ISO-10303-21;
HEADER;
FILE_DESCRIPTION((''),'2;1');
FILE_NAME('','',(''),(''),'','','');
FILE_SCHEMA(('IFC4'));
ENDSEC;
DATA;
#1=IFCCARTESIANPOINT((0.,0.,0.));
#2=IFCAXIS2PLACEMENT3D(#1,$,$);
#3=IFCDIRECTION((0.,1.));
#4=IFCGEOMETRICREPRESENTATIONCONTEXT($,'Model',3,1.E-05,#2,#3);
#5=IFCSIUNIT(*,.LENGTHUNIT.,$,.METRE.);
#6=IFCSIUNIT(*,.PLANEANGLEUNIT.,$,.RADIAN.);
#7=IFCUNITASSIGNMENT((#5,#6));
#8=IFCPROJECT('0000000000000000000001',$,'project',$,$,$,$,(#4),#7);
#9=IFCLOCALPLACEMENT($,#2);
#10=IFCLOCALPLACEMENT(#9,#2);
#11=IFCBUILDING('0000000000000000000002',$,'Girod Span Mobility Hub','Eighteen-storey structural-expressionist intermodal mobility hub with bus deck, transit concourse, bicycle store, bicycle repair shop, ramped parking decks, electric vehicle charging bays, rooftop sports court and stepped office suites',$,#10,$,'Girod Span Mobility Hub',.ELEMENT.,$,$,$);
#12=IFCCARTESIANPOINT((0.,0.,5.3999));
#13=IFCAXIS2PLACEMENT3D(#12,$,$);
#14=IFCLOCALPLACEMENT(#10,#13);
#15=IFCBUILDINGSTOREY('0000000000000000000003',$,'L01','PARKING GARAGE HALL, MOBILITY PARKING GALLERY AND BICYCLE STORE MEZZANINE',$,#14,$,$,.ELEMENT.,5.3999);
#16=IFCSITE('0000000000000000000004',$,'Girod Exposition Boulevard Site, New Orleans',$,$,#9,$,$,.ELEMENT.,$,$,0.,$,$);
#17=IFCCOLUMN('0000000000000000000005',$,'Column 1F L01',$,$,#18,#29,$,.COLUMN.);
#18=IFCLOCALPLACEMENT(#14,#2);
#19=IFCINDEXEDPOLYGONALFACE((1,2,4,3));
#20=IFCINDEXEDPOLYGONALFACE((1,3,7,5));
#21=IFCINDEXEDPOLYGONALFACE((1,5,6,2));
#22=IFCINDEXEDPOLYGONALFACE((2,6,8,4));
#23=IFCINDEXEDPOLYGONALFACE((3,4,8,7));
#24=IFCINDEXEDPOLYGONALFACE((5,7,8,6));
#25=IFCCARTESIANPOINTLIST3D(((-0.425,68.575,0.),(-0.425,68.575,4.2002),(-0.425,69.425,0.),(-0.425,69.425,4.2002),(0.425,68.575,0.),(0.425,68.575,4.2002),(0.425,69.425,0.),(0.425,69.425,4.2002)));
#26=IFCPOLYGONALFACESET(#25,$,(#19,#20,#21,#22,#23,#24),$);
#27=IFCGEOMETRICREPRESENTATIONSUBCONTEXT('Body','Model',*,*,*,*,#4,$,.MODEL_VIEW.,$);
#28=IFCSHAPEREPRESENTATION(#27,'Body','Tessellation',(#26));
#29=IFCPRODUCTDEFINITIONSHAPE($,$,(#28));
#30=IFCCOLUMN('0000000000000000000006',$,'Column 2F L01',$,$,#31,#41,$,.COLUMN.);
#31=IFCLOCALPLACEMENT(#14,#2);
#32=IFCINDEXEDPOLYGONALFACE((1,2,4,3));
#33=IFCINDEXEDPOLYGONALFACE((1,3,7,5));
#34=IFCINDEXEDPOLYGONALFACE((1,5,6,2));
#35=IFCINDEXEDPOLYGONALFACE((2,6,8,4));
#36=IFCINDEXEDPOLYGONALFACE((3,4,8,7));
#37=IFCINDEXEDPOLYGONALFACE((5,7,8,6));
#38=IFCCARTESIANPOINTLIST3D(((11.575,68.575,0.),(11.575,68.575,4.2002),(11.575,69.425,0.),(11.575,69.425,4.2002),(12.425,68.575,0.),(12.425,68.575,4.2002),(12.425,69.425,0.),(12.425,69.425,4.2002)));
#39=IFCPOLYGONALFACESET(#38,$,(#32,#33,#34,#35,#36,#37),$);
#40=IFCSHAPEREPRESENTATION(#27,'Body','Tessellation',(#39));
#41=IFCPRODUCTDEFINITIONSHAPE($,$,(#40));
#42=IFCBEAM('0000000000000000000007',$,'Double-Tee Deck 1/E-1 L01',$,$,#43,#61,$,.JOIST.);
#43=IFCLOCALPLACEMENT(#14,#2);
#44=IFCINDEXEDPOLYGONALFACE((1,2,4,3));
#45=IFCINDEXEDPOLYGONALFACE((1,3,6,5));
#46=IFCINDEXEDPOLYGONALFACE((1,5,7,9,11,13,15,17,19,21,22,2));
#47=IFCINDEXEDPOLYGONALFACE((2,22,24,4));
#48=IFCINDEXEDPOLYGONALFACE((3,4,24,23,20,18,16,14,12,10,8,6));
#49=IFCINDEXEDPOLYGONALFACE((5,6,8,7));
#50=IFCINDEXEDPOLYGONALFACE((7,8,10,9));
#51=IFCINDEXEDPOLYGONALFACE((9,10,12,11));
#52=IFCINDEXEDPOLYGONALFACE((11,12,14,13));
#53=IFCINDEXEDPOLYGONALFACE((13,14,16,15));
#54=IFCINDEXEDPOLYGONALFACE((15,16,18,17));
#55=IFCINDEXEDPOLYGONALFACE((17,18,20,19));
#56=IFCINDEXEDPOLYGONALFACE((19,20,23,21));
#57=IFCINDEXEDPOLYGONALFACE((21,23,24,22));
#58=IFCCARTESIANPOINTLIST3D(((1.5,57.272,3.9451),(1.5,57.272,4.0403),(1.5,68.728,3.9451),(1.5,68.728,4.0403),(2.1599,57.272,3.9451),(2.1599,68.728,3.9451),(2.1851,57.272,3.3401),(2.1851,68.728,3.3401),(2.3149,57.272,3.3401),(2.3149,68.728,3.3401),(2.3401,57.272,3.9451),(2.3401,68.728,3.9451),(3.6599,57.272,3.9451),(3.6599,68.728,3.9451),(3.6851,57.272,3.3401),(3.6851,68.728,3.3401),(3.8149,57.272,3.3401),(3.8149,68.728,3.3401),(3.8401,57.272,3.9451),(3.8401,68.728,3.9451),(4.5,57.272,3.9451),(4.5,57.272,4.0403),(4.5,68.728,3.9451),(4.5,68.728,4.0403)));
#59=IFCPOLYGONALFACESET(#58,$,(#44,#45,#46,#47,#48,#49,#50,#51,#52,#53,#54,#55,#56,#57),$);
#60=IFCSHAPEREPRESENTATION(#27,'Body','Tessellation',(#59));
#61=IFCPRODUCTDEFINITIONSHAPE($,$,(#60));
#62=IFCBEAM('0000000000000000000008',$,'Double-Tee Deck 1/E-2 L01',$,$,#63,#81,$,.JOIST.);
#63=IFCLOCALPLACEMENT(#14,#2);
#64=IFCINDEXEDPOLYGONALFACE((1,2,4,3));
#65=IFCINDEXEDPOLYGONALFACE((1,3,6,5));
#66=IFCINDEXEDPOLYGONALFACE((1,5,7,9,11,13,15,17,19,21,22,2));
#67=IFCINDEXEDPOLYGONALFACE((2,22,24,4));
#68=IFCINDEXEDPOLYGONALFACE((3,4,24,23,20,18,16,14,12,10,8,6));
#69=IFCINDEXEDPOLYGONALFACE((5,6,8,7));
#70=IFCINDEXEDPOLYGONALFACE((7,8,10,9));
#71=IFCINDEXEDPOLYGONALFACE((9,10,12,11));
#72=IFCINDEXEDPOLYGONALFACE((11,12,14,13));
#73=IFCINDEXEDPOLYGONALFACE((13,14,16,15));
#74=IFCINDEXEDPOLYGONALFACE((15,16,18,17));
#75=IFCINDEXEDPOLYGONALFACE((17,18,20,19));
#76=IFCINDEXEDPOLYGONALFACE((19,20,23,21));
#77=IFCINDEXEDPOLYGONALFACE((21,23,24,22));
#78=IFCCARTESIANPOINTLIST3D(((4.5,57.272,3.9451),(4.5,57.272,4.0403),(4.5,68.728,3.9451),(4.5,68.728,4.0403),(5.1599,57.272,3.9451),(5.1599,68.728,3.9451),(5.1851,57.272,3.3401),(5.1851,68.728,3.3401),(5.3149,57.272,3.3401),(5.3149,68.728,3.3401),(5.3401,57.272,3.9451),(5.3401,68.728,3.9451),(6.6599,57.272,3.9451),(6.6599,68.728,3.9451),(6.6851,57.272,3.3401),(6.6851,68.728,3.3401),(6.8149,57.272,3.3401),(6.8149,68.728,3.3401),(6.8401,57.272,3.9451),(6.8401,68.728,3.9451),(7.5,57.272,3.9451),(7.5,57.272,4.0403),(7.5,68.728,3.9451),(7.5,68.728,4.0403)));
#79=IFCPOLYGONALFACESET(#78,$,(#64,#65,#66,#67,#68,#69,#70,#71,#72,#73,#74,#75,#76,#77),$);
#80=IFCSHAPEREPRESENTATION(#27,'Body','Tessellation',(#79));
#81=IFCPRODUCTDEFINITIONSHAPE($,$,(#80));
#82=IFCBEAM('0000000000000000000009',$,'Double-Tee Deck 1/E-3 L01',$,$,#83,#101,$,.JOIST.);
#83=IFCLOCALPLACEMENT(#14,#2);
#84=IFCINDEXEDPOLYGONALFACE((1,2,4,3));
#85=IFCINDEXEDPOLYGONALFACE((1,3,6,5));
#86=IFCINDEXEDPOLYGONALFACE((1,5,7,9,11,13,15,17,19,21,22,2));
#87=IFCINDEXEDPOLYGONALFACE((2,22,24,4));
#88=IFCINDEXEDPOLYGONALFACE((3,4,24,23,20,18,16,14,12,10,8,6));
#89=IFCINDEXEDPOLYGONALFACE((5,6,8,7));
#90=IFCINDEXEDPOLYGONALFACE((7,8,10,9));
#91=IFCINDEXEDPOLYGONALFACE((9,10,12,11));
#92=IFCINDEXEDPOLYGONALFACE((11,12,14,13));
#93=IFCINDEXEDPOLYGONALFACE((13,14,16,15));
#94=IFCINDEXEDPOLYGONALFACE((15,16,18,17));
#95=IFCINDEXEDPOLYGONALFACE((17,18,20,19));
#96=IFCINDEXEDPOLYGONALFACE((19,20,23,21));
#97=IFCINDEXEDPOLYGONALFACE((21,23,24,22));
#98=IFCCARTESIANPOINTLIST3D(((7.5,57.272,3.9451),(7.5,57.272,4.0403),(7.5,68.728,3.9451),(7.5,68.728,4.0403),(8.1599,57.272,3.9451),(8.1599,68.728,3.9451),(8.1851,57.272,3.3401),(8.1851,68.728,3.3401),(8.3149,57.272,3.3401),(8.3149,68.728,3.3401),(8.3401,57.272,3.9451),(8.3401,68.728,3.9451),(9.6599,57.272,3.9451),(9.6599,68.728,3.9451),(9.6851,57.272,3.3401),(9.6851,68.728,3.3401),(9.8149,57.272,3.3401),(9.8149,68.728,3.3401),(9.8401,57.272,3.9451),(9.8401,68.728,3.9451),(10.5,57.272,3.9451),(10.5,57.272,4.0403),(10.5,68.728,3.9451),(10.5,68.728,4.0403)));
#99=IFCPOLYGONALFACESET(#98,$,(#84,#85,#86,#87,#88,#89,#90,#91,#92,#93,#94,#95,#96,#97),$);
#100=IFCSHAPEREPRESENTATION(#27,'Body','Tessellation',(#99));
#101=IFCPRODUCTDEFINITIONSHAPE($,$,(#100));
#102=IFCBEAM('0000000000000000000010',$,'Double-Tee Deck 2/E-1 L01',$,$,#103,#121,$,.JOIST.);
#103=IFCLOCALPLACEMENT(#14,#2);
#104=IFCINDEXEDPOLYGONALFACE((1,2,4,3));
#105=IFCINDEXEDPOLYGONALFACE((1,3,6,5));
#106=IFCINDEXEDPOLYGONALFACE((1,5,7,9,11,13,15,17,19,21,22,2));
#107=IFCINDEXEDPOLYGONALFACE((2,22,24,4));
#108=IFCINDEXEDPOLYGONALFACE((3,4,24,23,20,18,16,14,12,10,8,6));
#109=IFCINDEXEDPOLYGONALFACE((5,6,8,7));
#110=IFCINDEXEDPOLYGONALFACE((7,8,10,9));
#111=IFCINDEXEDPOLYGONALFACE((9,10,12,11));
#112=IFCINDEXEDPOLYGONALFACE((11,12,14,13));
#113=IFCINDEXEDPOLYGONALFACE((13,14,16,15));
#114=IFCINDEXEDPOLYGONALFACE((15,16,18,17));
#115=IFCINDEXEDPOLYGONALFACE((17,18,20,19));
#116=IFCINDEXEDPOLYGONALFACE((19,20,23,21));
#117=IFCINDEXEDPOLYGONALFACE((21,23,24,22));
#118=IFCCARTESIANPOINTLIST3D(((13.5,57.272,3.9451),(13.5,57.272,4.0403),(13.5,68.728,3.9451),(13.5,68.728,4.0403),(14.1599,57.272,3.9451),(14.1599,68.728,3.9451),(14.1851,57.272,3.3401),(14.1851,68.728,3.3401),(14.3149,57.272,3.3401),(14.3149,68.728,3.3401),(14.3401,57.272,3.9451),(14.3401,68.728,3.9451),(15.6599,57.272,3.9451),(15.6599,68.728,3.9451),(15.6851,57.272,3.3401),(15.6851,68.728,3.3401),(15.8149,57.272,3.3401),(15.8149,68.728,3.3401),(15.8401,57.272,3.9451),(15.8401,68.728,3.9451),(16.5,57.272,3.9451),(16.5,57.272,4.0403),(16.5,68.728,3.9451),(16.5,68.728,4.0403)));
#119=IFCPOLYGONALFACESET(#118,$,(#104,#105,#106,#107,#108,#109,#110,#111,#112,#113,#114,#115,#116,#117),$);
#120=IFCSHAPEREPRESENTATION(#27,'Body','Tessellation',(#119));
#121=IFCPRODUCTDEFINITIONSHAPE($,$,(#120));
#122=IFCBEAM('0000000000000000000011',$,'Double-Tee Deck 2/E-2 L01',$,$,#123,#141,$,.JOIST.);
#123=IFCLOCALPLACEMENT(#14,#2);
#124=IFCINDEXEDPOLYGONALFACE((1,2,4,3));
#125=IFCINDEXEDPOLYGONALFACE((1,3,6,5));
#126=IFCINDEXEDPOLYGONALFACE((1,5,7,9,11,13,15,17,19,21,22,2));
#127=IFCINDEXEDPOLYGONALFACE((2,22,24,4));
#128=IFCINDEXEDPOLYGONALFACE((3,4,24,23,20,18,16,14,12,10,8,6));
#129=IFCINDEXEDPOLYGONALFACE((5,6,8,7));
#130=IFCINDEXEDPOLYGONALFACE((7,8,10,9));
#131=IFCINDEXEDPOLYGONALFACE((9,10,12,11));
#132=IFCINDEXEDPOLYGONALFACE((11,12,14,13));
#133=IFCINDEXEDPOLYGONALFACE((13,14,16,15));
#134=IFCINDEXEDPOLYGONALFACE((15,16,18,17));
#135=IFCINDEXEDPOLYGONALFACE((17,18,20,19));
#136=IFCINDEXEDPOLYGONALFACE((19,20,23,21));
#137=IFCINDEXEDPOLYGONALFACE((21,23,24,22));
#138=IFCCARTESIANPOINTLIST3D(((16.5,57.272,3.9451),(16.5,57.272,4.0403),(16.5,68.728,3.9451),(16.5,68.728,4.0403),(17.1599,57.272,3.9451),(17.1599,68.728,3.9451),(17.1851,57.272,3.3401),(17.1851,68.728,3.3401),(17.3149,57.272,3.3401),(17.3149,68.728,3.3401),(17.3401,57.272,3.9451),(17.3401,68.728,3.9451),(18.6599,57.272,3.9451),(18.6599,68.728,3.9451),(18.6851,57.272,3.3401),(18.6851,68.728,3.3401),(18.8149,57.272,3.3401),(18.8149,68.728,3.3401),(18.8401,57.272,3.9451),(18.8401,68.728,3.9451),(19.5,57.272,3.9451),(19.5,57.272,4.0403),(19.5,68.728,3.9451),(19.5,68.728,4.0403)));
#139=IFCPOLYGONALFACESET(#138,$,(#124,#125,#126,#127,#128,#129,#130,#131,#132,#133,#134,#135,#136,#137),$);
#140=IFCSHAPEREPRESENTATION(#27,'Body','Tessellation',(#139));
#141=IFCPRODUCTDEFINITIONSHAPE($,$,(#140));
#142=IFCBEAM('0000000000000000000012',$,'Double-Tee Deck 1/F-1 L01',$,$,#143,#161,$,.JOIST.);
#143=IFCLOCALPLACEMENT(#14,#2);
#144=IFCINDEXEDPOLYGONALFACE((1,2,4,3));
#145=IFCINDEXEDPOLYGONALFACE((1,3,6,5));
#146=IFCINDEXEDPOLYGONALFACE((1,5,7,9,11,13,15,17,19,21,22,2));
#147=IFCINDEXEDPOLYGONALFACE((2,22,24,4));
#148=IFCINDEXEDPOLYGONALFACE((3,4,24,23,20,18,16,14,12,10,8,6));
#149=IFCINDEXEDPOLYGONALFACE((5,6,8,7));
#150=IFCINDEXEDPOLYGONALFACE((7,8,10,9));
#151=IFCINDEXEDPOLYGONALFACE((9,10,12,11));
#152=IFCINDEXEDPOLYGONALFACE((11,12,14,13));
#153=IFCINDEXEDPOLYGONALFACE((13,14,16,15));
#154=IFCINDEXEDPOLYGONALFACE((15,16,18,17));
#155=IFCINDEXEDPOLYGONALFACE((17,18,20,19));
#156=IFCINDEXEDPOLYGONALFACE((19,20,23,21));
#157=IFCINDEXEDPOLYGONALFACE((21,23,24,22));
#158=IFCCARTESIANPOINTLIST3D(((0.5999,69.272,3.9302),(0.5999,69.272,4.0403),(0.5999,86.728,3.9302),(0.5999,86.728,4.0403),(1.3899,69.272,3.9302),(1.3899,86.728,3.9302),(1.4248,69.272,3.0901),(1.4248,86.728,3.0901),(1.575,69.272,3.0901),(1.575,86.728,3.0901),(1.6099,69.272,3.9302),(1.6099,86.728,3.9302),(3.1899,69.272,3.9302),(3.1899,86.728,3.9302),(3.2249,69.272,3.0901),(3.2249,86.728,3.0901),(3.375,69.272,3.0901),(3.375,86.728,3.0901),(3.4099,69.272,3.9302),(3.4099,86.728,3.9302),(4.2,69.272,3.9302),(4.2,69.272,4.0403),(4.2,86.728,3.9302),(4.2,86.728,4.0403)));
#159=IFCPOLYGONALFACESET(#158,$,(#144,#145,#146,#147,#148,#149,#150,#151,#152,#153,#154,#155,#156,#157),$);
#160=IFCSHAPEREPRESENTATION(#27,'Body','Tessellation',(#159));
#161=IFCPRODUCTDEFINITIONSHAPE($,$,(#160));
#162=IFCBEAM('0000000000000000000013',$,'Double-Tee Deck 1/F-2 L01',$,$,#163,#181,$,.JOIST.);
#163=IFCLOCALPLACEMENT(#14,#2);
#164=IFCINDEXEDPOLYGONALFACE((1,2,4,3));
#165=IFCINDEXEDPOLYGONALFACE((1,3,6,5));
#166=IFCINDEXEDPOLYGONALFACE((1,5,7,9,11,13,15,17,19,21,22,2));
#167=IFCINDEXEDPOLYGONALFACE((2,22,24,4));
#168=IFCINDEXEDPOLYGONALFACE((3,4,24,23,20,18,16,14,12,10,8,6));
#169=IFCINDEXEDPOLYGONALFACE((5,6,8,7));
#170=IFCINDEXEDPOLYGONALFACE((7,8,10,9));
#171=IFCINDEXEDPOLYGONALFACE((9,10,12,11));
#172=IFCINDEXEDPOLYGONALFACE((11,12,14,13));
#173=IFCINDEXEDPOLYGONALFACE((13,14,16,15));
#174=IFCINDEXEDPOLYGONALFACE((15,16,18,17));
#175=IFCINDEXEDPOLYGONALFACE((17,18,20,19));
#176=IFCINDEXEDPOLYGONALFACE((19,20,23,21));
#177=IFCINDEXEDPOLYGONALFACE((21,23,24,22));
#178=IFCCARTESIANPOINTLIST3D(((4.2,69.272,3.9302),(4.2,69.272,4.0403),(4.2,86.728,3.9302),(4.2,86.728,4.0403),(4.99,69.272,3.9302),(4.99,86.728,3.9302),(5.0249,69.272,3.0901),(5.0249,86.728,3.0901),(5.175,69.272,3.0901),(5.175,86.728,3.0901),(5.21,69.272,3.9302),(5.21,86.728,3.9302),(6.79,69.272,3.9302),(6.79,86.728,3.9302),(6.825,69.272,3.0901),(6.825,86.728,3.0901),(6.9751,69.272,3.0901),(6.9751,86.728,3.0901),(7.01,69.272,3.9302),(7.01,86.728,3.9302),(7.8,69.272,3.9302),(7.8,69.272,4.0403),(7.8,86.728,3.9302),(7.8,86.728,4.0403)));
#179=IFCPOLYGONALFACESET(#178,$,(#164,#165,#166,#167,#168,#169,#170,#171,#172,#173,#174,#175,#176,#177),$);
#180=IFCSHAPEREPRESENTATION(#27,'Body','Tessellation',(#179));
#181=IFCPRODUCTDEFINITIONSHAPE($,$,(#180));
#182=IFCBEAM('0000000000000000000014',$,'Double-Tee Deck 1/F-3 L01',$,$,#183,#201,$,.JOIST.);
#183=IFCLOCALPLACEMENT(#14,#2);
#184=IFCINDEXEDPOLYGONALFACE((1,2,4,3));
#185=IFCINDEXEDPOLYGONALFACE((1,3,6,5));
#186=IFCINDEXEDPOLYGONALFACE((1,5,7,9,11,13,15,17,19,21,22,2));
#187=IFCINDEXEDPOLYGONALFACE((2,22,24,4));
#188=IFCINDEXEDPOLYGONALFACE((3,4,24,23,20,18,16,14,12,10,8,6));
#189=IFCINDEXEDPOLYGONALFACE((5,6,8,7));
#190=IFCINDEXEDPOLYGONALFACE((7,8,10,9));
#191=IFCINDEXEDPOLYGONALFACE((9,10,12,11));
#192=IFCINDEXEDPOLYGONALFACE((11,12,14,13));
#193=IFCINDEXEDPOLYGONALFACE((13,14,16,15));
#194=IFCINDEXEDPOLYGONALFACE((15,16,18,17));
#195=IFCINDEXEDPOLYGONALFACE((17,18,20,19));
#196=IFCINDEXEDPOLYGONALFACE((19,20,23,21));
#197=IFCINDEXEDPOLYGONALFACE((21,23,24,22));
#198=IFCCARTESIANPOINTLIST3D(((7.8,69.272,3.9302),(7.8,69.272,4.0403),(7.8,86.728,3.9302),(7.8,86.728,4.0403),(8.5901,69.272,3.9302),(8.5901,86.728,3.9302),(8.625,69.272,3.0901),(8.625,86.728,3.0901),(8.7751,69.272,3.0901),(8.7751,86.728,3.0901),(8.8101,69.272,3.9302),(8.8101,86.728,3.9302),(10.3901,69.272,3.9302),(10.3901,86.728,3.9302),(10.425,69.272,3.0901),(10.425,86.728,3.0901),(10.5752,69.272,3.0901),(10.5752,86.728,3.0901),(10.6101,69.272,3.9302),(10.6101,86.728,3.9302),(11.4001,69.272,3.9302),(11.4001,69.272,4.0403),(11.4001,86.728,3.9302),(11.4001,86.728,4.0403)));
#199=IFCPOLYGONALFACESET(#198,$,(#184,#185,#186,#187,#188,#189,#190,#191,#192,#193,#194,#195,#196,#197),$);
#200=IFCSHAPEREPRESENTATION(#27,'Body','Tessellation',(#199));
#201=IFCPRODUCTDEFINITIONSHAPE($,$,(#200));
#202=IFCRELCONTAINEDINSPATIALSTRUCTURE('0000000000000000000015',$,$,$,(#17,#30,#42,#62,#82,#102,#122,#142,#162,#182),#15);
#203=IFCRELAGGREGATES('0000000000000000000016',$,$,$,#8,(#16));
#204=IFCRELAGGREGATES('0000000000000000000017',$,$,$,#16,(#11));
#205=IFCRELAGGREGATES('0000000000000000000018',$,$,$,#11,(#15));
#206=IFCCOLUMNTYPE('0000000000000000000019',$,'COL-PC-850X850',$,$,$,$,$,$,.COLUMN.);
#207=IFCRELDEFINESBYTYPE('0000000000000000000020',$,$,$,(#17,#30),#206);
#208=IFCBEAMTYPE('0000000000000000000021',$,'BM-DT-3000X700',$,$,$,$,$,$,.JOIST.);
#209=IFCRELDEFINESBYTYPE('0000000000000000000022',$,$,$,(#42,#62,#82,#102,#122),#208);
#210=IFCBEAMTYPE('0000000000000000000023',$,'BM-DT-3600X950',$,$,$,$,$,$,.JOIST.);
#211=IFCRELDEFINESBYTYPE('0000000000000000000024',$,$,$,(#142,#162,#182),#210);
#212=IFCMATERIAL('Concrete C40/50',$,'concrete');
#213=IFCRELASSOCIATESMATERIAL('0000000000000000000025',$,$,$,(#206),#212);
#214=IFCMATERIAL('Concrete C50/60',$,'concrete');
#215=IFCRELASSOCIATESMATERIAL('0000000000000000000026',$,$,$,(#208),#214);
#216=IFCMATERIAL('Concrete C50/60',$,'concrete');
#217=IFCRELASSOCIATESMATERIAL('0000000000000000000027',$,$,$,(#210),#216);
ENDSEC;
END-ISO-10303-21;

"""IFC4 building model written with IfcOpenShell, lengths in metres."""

from ifc_helpers import new_model, si_unit, direction, frame, origin, origin_2d, place, context, subcontext, project, spatial, polyline, rectangle, outline, extrude, material, material_profile, profile_set, type_object, element, save


model = new_model("IFC4")

# Units and contexts
model_context = context("Model", 3, precision=1e-05, world=origin(), true_north=direction((0.0, 1.0)))
body_context = subcontext(model_context, "Body", "Model", "MODEL_VIEW")
ifc_project = project(units=[si_unit("LENGTHUNIT", "METRE"), si_unit("PLANEANGLEUNIT", "RADIAN")], contexts=[model_context])

# Site, building, storey
site_placement = place(None, origin())
site = spatial("IfcSite", under=ifc_project, at=site_placement, Name="Girod Exposition Boulevard Site, New Orleans", CompositionType="ELEMENT", RefElevation=0.0)
building_placement = place(site_placement, origin())
building = spatial("IfcBuilding", under=site, at=building_placement, Name="Girod Span Mobility Hub", Description="Eighteen-storey structural-expressionist intermodal mobility hub with bus deck, transit concourse, bicycle store, bicycle repair shop, ramped parking decks, electric vehicle charging bays, rooftop sports court and stepped office suites", LongName="Girod Span Mobility Hub", CompositionType="ELEMENT")
storey_placement = place(building_placement, frame((0.0, 0.0, 5.3999)))
storey = spatial("IfcBuildingStorey", under=building, at=storey_placement, Name="L01", Description="PARKING GARAGE HALL, MOBILITY PARKING GALLERY AND BICYCLE STORE MEZZANINE", CompositionType="ELEMENT", Elevation=5.3999)

# Columns
ifc_material_1 = material(Name="Concrete C40/50", Category="concrete")
ifc_material_profile_1 = material_profile(ifc_material_1, rectangle(XDim=0.8501, YDim=0.8501, at=origin_2d()), Name="PC-COL-850X850")
ifc_profile_set_1 = profile_set([ifc_material_profile_1], Name="Concrete C40/50")
column_type = type_object("IfcColumnType", Name="COL-PC-850X850", PredefinedType="COLUMN", material=ifc_profile_set_1)
for number, where, z_axis, x_axis, name in (
    (1, (0.0, 69.0, 0.0), (0.0, 0.0, 1.0), (1.0, 0.0, 0.0), "Column 1F L01"),
    (2, (12.0, 69.0, 0.0), (0.0, 0.0, 1.0), (1.0, 0.0, 0.0), "Column 2F L01"),
):
    element("IfcColumn", number, at=place(storey_placement, frame(where, z_axis=z_axis, x_axis=x_axis)), inside=storey, type_object=column_type, Name=name, PredefinedType="COLUMN", context=body_context, shape_type="SweptSolid", body=[
        extrude(rectangle(XDim=0.8501, YDim=0.8501, at=origin_2d()), origin(), (0.0, 0.0, 1.0), 4.2002),
    ])

# Beams
ifc_material_2 = material(Name="Concrete C50/60", Category="concrete")
ifc_material_profile_2 = material_profile(ifc_material_2, outline(polyline([(-1.5, 0.3501), (-1.5, 0.2549), (-0.8401, 0.2549), (-0.8149, -0.3501), (-0.6851, -0.3501), (-0.6599, 0.2549), (0.6599, 0.2549), (0.6851, -0.3501), (0.8149, -0.3501), (0.8401, 0.2549), (1.5, 0.2549), (1.5, 0.3501), (-1.5, 0.3501)])), Name="DT-3000X700")
ifc_profile_set_2 = profile_set([ifc_material_profile_2], Name="Concrete C50/60")
beam_type_1 = type_object("IfcBeamType", Name="BM-DT-3000X700", PredefinedType="JOIST", material=ifc_profile_set_2)
for number, where, z_axis, x_axis, name in (
    (3, (3.0, 57.272, 3.6902), (0.0, 1.0, 0.0), (-1.0, 0.0, 0.0), "Double-Tee Deck 1/E-1 L01"),
    (4, (6.0, 57.272, 3.6902), (0.0, 1.0, 0.0), (-1.0, 0.0, 0.0), "Double-Tee Deck 1/E-2 L01"),
    (5, (9.0, 57.272, 3.6902), (0.0, 1.0, 0.0), (-1.0, 0.0, 0.0), "Double-Tee Deck 1/E-3 L01"),
    (6, (15.0, 57.272, 3.6902), (0.0, 1.0, 0.0), (-1.0, 0.0, 0.0), "Double-Tee Deck 2/E-1 L01"),
    (7, (18.0, 57.272, 3.6902), (0.0, 1.0, 0.0), (-1.0, 0.0, 0.0), "Double-Tee Deck 2/E-2 L01"),
):
    element("IfcBeam", number, at=place(storey_placement, frame(where, z_axis=z_axis, x_axis=x_axis)), inside=storey, type_object=beam_type_1, Name=name, PredefinedType="JOIST", context=body_context, shape_type="SweptSolid", body=[
        extrude(outline(polyline([(-1.5, 0.3501), (-1.5, 0.2549), (-0.8401, 0.2549), (-0.8149, -0.3501), (-0.6851, -0.3501), (-0.6599, 0.2549), (0.6599, 0.2549), (0.6851, -0.3501), (0.8149, -0.3501), (0.8401, 0.2549), (1.5, 0.2549), (1.5, 0.3501), (-1.5, 0.3501)])), origin(), (0.0, 0.0, 1.0), 11.4561),
    ])
ifc_material_3 = material(Name="Concrete C50/60", Category="concrete")
ifc_material_profile_3 = material_profile(ifc_material_3, outline(polyline([(-1.8, 0.4751), (-1.8, 0.365), (-1.01, 0.365), (-0.9751, -0.4751), (-0.825, -0.4751), (-0.79, 0.365), (0.79, 0.365), (0.825, -0.4751), (0.9751, -0.4751), (1.01, 0.365), (1.8, 0.365), (1.8, 0.4751), (-1.8, 0.4751)])), Name="DT-3600X950")
ifc_profile_set_3 = profile_set([ifc_material_profile_3], Name="Concrete C50/60")
beam_type_2 = type_object("IfcBeamType", Name="BM-DT-3600X950", PredefinedType="JOIST", material=ifc_profile_set_3)
for number, where, z_axis, x_axis, name in (
    (8, (2.3999, 69.272, 3.5652), (0.0, 1.0, 0.0), (-1.0, 0.0, 0.0), "Double-Tee Deck 1/F-1 L01"),
    (9, (6.0, 69.272, 3.5652), (0.0, 1.0, 0.0), (-1.0, 0.0, 0.0), "Double-Tee Deck 1/F-2 L01"),
    (10, (9.6001, 69.272, 3.5652), (0.0, 1.0, 0.0), (-1.0, 0.0, 0.0), "Double-Tee Deck 1/F-3 L01"),
):
    element("IfcBeam", number, at=place(storey_placement, frame(where, z_axis=z_axis, x_axis=x_axis)), inside=storey, type_object=beam_type_2, Name=name, PredefinedType="JOIST", context=body_context, shape_type="SweptSolid", body=[
        extrude(outline(polyline([(-1.8, 0.4751), (-1.8, 0.365), (-1.01, 0.365), (-0.9751, -0.4751), (-0.825, -0.4751), (-0.79, 0.365), (0.79, 0.365), (0.825, -0.4751), (0.9751, -0.4751), (1.01, 0.365), (1.8, 0.365), (1.8, 0.4751), (-1.8, 0.4751)])), origin(), (0.0, 0.0, 1.0), 17.4561),
    ])

save(model, "model.ifc")
